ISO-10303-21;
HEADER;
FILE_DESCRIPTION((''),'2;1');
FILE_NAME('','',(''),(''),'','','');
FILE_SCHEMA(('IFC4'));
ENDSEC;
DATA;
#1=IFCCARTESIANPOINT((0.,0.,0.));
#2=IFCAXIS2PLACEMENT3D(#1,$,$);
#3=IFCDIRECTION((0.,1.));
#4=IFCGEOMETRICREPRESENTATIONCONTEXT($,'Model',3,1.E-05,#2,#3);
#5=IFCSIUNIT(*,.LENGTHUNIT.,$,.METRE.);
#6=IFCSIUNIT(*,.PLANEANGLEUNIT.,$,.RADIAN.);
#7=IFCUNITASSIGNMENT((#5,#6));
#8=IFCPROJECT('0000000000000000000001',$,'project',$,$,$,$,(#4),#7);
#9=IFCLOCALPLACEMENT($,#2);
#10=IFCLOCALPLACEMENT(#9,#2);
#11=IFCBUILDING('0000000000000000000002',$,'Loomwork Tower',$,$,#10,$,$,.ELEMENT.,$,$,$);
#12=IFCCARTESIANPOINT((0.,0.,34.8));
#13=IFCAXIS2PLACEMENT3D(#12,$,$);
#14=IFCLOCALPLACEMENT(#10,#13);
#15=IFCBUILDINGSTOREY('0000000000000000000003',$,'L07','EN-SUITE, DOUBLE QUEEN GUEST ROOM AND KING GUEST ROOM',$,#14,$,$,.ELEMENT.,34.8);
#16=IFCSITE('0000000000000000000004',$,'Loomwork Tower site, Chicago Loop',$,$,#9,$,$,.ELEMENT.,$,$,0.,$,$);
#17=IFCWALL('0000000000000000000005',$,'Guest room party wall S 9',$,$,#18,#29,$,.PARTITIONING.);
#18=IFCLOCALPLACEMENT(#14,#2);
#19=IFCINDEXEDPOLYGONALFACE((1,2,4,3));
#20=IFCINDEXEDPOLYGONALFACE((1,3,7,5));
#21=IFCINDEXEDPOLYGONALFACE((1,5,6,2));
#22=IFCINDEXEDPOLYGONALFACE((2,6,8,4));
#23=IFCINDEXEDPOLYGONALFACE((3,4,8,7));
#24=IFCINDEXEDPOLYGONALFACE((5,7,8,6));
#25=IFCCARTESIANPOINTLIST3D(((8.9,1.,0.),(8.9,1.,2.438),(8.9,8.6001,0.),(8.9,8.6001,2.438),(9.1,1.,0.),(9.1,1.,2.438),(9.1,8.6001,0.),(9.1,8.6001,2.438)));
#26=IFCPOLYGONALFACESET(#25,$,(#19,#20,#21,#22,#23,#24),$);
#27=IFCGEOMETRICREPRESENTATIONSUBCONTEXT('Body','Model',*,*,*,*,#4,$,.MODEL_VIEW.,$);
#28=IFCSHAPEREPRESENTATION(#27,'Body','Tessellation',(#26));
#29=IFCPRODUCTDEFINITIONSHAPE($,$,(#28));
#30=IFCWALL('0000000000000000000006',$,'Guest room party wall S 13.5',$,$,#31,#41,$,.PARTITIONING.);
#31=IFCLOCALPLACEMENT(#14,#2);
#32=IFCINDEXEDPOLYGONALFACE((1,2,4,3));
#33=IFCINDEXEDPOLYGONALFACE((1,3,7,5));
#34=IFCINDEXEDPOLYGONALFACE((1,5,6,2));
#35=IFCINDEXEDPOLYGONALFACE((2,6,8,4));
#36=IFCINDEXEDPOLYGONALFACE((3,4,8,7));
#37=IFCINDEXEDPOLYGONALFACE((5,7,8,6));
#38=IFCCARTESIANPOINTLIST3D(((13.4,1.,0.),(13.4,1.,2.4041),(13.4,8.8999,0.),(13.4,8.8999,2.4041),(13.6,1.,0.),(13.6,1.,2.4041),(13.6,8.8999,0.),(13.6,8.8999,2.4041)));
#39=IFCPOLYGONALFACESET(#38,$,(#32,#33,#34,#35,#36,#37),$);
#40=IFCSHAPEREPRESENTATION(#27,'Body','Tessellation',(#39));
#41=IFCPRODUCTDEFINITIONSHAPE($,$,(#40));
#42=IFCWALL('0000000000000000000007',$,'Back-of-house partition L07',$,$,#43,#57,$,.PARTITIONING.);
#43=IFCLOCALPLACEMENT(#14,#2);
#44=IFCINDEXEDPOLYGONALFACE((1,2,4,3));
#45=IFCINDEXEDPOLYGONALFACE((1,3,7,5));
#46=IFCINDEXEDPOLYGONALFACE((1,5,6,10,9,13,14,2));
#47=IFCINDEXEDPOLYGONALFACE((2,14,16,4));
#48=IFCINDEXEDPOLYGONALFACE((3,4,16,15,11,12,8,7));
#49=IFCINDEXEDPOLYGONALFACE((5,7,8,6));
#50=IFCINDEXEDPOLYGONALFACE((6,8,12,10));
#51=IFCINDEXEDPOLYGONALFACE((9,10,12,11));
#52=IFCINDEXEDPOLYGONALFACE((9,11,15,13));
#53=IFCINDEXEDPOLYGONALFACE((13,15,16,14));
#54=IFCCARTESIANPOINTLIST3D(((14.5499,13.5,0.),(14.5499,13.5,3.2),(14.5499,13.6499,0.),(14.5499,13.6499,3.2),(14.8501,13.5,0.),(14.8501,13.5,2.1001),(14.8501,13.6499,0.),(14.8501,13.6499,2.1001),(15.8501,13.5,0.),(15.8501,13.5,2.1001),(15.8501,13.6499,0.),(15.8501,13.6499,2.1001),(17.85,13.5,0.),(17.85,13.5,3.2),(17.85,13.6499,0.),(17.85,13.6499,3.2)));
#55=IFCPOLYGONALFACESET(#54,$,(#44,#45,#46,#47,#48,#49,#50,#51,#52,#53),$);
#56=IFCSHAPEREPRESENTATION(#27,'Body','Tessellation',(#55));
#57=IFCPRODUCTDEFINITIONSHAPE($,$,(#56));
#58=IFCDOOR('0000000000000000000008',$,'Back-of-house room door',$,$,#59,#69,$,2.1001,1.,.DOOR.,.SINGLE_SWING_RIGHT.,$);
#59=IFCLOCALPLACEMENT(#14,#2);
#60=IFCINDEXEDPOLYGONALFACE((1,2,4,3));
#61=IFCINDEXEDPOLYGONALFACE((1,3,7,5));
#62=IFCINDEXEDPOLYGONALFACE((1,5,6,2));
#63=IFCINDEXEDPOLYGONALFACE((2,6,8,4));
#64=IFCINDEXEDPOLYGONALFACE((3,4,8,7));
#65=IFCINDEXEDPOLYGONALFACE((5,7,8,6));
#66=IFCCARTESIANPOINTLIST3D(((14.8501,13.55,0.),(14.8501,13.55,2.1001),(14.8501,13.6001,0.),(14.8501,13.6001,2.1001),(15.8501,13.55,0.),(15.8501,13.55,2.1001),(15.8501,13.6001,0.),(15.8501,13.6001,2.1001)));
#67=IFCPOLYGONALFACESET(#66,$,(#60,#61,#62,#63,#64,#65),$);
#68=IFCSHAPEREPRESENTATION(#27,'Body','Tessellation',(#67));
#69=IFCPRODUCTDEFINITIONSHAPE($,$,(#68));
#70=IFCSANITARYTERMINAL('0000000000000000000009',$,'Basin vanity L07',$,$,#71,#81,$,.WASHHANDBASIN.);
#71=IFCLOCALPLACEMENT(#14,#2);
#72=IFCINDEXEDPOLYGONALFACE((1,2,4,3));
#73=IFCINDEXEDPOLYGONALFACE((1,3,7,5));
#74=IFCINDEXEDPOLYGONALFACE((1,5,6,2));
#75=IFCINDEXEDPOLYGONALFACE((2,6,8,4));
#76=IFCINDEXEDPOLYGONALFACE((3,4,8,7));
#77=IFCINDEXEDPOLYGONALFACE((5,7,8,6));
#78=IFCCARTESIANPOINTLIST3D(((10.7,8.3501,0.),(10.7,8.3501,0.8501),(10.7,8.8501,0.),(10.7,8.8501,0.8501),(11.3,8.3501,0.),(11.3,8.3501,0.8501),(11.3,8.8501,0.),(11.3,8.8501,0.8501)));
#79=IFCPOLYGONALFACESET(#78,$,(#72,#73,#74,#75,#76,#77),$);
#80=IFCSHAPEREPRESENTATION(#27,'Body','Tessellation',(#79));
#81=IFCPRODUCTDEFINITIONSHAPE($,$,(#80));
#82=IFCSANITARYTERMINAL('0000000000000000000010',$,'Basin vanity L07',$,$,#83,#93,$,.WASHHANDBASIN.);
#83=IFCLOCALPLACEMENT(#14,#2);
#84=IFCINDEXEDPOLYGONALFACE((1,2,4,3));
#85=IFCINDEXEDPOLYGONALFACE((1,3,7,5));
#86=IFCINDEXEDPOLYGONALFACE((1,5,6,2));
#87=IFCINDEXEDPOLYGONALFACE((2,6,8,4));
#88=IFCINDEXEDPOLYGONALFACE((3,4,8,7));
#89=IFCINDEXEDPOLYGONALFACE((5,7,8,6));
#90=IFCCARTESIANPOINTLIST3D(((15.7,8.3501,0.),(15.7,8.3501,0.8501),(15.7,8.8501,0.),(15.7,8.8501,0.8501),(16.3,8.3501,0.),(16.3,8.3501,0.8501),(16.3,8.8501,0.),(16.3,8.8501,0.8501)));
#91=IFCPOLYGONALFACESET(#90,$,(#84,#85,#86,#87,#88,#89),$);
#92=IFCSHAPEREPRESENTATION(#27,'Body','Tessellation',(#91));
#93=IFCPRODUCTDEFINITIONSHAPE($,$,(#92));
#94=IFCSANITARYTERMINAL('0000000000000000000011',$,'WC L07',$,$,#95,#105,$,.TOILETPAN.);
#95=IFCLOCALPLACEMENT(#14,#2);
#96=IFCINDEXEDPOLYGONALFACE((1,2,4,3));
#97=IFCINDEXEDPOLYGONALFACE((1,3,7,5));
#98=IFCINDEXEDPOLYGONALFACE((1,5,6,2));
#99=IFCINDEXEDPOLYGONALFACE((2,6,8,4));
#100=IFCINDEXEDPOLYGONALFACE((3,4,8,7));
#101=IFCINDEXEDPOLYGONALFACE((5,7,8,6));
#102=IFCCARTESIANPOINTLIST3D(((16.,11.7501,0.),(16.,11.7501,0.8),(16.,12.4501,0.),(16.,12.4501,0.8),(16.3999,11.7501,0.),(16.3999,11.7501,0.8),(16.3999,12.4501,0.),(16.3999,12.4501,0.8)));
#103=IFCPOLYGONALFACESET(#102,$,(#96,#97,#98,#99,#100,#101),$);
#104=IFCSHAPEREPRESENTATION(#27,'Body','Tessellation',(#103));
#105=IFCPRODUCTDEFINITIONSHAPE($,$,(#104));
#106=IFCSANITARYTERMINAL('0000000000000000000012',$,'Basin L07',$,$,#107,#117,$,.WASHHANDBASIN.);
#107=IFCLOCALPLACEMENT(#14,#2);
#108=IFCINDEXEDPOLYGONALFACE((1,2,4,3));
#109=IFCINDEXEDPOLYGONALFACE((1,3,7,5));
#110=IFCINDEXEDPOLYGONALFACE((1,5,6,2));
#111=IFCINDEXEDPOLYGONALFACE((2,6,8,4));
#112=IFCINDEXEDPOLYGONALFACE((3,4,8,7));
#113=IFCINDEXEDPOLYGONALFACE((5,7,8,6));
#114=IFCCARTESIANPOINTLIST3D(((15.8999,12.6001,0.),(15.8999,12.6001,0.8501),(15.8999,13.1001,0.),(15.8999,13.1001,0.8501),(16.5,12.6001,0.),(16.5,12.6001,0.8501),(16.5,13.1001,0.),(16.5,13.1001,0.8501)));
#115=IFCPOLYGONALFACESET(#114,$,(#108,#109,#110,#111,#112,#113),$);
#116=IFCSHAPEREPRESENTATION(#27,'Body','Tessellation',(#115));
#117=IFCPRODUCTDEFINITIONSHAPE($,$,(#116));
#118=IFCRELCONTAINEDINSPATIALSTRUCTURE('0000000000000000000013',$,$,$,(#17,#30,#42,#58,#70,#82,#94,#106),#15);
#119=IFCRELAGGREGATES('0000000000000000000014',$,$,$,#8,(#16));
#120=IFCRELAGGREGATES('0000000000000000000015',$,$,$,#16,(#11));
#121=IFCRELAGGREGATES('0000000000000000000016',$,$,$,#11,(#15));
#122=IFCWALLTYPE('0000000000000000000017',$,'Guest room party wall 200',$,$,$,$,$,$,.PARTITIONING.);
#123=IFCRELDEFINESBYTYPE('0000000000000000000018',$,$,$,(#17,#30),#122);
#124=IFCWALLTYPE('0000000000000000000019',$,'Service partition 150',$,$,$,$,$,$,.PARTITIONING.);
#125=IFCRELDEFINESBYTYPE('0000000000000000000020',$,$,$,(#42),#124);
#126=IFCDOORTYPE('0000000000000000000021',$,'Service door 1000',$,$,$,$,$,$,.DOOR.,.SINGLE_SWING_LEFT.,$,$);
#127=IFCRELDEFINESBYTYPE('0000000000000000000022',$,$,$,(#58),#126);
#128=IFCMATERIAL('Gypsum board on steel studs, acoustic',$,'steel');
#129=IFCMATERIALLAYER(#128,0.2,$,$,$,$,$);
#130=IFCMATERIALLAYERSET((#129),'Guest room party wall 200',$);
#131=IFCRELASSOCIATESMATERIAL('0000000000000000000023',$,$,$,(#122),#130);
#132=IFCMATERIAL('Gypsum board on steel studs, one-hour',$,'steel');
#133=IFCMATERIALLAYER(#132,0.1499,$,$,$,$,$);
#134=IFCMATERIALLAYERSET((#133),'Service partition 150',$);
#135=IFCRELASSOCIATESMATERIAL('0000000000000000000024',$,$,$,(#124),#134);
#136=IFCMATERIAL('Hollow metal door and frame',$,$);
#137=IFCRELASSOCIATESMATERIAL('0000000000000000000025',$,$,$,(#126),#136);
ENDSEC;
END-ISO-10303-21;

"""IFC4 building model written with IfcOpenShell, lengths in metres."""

from ifc_helpers import new_model, si_unit, direction, frame, frame_2d, origin, origin_2d, place, context, subcontext, project, spatial, rectangle, extrude, material, layer, layer_set, type_object, element, fill, save


model = new_model("IFC4")

# Units and contexts
model_context = context("Model", 3, precision=1e-05, world=origin(), true_north=direction((0.0, 1.0)))
body_context = subcontext(model_context, "Body", "Model", "MODEL_VIEW")
ifc_project = project(units=[si_unit("LENGTHUNIT", "METRE"), si_unit("PLANEANGLEUNIT", "RADIAN")], contexts=[model_context])

# Site, building, storey
site_placement = place(None, origin())
site = spatial("IfcSite", under=ifc_project, at=site_placement, Name="Loomwork Tower site, Chicago Loop", CompositionType="ELEMENT", RefElevation=0.0)
building_placement = place(site_placement, origin())
building = spatial("IfcBuilding", under=site, at=building_placement, Name="Loomwork Tower", CompositionType="ELEMENT")
storey_placement = place(building_placement, frame((0.0, 0.0, 34.8)))
storey = spatial("IfcBuildingStorey", under=building, at=storey_placement, Name="L07", Description="EN-SUITE, DOUBLE QUEEN GUEST ROOM AND KING GUEST ROOM", CompositionType="ELEMENT", Elevation=34.8)

# Walls
ifc_material_1 = material(Name="Gypsum board on steel studs, acoustic", Category="steel")
ifc_layer_1 = layer(ifc_material_1, 0.2)
ifc_layer_set_1 = layer_set([ifc_layer_1], Name="Guest room party wall 200")
wall_type_1 = type_object("IfcWallType", Name="Guest room party wall 200", PredefinedType="PARTITIONING", material=ifc_layer_set_1)
wall_1_placement = place(storey_placement, frame((9.0, 8.6001, 0.0), z_axis=(0.0, 0.0, 1.0), x_axis=(0.0, -1.0, 0.0)))
element("IfcWall", 1, at=wall_1_placement, inside=storey, type_object=wall_type_1, Name="Guest room party wall S 9", PredefinedType="PARTITIONING", context=body_context, shape_type="SweptSolid", body=[
    extrude(rectangle(XDim=7.6001, YDim=0.2, at=frame_2d((3.8, 0.0))), origin(), (0.0, 0.0, 1.0), 2.438),
])
wall_2_placement = place(storey_placement, frame((13.5, 8.8999, 0.0), z_axis=(0.0, 0.0, 1.0), x_axis=(0.0, -1.0, 0.0)))
element("IfcWall", 2, at=wall_2_placement, inside=storey, type_object=wall_type_1, Name="Guest room party wall S 13.5", PredefinedType="PARTITIONING", context=body_context, shape_type="SweptSolid", body=[
    extrude(rectangle(XDim=7.8999, YDim=0.2, at=frame_2d((3.95, 0.0))), origin(), (0.0, 0.0, 1.0), 2.4041),
])

# Wall, opening, door
ifc_material_2 = material(Name="Gypsum board on steel studs, one-hour", Category="steel")
ifc_layer_2 = layer(ifc_material_2, 0.1499)
ifc_layer_set_2 = layer_set([ifc_layer_2], Name="Service partition 150")
wall_type_2 = type_object("IfcWallType", Name="Service partition 150", PredefinedType="PARTITIONING", material=ifc_layer_set_2)
wall_3_placement = place(storey_placement, frame((14.55, 13.575, 0.0), z_axis=(0.0, 0.0, 1.0), x_axis=(1.0, 0.0, 0.0)))
wall_3 = element("IfcWall", 3, at=wall_3_placement, inside=storey, type_object=wall_type_2, Name="Back-of-house partition L07", PredefinedType="PARTITIONING", context=body_context, shape_type="SweptSolid", body=[
    extrude(rectangle(XDim=3.3, YDim=0.1499, at=frame_2d((1.6499, 0.0))), origin(), (0.0, 0.0, 1.0), 3.2),
])
opening_1_placement = place(wall_3_placement, frame((0.3, 0.0, 0.0)))
opening_1 = element("IfcOpeningElement", 4, at=opening_1_placement, cuts=wall_3, PredefinedType="OPENING", context=body_context, shape_type="SweptSolid", body=[
    extrude(rectangle(XDim=1.0, YDim=2.1001, at=frame_2d((0.5, 1.05))), frame((0.0, 0.085, 0.0), z_axis=(0.0, -1.0, 0.0), x_axis=(1.0, 0.0, 0.0)), (0.0, 0.0, 1.0), 0.1699),
])
ifc_material_3 = material(Name="Hollow metal door and frame")
door_type_1 = type_object("IfcDoorType", Name="Service door 1000", OperationType="SINGLE_SWING_LEFT", PredefinedType="DOOR", material=ifc_material_3)
door_1_placement = place(opening_1_placement, frame((1.0, 0.0, 0.0), z_axis=(0.0, 0.0, 1.0), x_axis=(-1.0, 0.0, 0.0)))
door_1 = element("IfcDoor", 5, at=door_1_placement, inside=storey, type_object=door_type_1, Name="Back-of-house room door", OperationType="SINGLE_SWING_RIGHT", OverallHeight=2.1001, OverallWidth=1.0, PredefinedType="DOOR", context=body_context, shape_type="SweptSolid", body=[
    extrude(rectangle(XDim=1.0, YDim=2.1001, at=frame_2d((0.5, 1.05))), frame((0.0, 0.0249, 0.0), z_axis=(0.0, -1.0, 0.0), x_axis=(1.0, 0.0, 0.0)), (0.0, 0.0, 1.0), 0.05),
])
fill(opening_1, door_1)

# Sanitary terminals
for number, where, z_axis, x_axis, name in (
    (6, (11.0, 8.6001, 0.0), (0.0, 0.0, 1.0), (1.0, 0.0, 0.0), "Basin vanity L07"),
    (7, (16.0, 8.6001, 0.0), (0.0, 0.0, 1.0), (1.0, 0.0, 0.0), "Basin vanity L07"),
):
    element("IfcSanitaryTerminal", number, at=place(storey_placement, frame(where, z_axis=z_axis, x_axis=x_axis)), inside=storey, Name=name, PredefinedType="WASHHANDBASIN", context=body_context, shape_type="SweptSolid", body=[
        extrude(rectangle(XDim=0.6001, YDim=0.5, at=origin_2d()), origin(), (0.0, 0.0, 1.0), 0.8501),
    ])
sanitary_terminal_1_placement = place(storey_placement, frame((16.2, 12.1001, 0.0), z_axis=(0.0, 0.0, 1.0), x_axis=(1.0, 0.0, 0.0)))
element("IfcSanitaryTerminal", 8, at=sanitary_terminal_1_placement, inside=storey, Name="WC L07", PredefinedType="TOILETPAN", context=body_context, shape_type="SweptSolid", body=[
    extrude(rectangle(XDim=0.3999, YDim=0.7, at=origin_2d()), origin(), (0.0, 0.0, 1.0), 0.8),
])
sanitary_terminal_2_placement = place(storey_placement, frame((16.2, 12.8501, 0.0), z_axis=(0.0, 0.0, 1.0), x_axis=(1.0, 0.0, 0.0)))
element("IfcSanitaryTerminal", 9, at=sanitary_terminal_2_placement, inside=storey, Name="Basin L07", PredefinedType="WASHHANDBASIN", context=body_context, shape_type="SweptSolid", body=[
    extrude(rectangle(XDim=0.6001, YDim=0.5, at=origin_2d()), origin(), (0.0, 0.0, 1.0), 0.8501),
])

save(model, "model.ifc")
